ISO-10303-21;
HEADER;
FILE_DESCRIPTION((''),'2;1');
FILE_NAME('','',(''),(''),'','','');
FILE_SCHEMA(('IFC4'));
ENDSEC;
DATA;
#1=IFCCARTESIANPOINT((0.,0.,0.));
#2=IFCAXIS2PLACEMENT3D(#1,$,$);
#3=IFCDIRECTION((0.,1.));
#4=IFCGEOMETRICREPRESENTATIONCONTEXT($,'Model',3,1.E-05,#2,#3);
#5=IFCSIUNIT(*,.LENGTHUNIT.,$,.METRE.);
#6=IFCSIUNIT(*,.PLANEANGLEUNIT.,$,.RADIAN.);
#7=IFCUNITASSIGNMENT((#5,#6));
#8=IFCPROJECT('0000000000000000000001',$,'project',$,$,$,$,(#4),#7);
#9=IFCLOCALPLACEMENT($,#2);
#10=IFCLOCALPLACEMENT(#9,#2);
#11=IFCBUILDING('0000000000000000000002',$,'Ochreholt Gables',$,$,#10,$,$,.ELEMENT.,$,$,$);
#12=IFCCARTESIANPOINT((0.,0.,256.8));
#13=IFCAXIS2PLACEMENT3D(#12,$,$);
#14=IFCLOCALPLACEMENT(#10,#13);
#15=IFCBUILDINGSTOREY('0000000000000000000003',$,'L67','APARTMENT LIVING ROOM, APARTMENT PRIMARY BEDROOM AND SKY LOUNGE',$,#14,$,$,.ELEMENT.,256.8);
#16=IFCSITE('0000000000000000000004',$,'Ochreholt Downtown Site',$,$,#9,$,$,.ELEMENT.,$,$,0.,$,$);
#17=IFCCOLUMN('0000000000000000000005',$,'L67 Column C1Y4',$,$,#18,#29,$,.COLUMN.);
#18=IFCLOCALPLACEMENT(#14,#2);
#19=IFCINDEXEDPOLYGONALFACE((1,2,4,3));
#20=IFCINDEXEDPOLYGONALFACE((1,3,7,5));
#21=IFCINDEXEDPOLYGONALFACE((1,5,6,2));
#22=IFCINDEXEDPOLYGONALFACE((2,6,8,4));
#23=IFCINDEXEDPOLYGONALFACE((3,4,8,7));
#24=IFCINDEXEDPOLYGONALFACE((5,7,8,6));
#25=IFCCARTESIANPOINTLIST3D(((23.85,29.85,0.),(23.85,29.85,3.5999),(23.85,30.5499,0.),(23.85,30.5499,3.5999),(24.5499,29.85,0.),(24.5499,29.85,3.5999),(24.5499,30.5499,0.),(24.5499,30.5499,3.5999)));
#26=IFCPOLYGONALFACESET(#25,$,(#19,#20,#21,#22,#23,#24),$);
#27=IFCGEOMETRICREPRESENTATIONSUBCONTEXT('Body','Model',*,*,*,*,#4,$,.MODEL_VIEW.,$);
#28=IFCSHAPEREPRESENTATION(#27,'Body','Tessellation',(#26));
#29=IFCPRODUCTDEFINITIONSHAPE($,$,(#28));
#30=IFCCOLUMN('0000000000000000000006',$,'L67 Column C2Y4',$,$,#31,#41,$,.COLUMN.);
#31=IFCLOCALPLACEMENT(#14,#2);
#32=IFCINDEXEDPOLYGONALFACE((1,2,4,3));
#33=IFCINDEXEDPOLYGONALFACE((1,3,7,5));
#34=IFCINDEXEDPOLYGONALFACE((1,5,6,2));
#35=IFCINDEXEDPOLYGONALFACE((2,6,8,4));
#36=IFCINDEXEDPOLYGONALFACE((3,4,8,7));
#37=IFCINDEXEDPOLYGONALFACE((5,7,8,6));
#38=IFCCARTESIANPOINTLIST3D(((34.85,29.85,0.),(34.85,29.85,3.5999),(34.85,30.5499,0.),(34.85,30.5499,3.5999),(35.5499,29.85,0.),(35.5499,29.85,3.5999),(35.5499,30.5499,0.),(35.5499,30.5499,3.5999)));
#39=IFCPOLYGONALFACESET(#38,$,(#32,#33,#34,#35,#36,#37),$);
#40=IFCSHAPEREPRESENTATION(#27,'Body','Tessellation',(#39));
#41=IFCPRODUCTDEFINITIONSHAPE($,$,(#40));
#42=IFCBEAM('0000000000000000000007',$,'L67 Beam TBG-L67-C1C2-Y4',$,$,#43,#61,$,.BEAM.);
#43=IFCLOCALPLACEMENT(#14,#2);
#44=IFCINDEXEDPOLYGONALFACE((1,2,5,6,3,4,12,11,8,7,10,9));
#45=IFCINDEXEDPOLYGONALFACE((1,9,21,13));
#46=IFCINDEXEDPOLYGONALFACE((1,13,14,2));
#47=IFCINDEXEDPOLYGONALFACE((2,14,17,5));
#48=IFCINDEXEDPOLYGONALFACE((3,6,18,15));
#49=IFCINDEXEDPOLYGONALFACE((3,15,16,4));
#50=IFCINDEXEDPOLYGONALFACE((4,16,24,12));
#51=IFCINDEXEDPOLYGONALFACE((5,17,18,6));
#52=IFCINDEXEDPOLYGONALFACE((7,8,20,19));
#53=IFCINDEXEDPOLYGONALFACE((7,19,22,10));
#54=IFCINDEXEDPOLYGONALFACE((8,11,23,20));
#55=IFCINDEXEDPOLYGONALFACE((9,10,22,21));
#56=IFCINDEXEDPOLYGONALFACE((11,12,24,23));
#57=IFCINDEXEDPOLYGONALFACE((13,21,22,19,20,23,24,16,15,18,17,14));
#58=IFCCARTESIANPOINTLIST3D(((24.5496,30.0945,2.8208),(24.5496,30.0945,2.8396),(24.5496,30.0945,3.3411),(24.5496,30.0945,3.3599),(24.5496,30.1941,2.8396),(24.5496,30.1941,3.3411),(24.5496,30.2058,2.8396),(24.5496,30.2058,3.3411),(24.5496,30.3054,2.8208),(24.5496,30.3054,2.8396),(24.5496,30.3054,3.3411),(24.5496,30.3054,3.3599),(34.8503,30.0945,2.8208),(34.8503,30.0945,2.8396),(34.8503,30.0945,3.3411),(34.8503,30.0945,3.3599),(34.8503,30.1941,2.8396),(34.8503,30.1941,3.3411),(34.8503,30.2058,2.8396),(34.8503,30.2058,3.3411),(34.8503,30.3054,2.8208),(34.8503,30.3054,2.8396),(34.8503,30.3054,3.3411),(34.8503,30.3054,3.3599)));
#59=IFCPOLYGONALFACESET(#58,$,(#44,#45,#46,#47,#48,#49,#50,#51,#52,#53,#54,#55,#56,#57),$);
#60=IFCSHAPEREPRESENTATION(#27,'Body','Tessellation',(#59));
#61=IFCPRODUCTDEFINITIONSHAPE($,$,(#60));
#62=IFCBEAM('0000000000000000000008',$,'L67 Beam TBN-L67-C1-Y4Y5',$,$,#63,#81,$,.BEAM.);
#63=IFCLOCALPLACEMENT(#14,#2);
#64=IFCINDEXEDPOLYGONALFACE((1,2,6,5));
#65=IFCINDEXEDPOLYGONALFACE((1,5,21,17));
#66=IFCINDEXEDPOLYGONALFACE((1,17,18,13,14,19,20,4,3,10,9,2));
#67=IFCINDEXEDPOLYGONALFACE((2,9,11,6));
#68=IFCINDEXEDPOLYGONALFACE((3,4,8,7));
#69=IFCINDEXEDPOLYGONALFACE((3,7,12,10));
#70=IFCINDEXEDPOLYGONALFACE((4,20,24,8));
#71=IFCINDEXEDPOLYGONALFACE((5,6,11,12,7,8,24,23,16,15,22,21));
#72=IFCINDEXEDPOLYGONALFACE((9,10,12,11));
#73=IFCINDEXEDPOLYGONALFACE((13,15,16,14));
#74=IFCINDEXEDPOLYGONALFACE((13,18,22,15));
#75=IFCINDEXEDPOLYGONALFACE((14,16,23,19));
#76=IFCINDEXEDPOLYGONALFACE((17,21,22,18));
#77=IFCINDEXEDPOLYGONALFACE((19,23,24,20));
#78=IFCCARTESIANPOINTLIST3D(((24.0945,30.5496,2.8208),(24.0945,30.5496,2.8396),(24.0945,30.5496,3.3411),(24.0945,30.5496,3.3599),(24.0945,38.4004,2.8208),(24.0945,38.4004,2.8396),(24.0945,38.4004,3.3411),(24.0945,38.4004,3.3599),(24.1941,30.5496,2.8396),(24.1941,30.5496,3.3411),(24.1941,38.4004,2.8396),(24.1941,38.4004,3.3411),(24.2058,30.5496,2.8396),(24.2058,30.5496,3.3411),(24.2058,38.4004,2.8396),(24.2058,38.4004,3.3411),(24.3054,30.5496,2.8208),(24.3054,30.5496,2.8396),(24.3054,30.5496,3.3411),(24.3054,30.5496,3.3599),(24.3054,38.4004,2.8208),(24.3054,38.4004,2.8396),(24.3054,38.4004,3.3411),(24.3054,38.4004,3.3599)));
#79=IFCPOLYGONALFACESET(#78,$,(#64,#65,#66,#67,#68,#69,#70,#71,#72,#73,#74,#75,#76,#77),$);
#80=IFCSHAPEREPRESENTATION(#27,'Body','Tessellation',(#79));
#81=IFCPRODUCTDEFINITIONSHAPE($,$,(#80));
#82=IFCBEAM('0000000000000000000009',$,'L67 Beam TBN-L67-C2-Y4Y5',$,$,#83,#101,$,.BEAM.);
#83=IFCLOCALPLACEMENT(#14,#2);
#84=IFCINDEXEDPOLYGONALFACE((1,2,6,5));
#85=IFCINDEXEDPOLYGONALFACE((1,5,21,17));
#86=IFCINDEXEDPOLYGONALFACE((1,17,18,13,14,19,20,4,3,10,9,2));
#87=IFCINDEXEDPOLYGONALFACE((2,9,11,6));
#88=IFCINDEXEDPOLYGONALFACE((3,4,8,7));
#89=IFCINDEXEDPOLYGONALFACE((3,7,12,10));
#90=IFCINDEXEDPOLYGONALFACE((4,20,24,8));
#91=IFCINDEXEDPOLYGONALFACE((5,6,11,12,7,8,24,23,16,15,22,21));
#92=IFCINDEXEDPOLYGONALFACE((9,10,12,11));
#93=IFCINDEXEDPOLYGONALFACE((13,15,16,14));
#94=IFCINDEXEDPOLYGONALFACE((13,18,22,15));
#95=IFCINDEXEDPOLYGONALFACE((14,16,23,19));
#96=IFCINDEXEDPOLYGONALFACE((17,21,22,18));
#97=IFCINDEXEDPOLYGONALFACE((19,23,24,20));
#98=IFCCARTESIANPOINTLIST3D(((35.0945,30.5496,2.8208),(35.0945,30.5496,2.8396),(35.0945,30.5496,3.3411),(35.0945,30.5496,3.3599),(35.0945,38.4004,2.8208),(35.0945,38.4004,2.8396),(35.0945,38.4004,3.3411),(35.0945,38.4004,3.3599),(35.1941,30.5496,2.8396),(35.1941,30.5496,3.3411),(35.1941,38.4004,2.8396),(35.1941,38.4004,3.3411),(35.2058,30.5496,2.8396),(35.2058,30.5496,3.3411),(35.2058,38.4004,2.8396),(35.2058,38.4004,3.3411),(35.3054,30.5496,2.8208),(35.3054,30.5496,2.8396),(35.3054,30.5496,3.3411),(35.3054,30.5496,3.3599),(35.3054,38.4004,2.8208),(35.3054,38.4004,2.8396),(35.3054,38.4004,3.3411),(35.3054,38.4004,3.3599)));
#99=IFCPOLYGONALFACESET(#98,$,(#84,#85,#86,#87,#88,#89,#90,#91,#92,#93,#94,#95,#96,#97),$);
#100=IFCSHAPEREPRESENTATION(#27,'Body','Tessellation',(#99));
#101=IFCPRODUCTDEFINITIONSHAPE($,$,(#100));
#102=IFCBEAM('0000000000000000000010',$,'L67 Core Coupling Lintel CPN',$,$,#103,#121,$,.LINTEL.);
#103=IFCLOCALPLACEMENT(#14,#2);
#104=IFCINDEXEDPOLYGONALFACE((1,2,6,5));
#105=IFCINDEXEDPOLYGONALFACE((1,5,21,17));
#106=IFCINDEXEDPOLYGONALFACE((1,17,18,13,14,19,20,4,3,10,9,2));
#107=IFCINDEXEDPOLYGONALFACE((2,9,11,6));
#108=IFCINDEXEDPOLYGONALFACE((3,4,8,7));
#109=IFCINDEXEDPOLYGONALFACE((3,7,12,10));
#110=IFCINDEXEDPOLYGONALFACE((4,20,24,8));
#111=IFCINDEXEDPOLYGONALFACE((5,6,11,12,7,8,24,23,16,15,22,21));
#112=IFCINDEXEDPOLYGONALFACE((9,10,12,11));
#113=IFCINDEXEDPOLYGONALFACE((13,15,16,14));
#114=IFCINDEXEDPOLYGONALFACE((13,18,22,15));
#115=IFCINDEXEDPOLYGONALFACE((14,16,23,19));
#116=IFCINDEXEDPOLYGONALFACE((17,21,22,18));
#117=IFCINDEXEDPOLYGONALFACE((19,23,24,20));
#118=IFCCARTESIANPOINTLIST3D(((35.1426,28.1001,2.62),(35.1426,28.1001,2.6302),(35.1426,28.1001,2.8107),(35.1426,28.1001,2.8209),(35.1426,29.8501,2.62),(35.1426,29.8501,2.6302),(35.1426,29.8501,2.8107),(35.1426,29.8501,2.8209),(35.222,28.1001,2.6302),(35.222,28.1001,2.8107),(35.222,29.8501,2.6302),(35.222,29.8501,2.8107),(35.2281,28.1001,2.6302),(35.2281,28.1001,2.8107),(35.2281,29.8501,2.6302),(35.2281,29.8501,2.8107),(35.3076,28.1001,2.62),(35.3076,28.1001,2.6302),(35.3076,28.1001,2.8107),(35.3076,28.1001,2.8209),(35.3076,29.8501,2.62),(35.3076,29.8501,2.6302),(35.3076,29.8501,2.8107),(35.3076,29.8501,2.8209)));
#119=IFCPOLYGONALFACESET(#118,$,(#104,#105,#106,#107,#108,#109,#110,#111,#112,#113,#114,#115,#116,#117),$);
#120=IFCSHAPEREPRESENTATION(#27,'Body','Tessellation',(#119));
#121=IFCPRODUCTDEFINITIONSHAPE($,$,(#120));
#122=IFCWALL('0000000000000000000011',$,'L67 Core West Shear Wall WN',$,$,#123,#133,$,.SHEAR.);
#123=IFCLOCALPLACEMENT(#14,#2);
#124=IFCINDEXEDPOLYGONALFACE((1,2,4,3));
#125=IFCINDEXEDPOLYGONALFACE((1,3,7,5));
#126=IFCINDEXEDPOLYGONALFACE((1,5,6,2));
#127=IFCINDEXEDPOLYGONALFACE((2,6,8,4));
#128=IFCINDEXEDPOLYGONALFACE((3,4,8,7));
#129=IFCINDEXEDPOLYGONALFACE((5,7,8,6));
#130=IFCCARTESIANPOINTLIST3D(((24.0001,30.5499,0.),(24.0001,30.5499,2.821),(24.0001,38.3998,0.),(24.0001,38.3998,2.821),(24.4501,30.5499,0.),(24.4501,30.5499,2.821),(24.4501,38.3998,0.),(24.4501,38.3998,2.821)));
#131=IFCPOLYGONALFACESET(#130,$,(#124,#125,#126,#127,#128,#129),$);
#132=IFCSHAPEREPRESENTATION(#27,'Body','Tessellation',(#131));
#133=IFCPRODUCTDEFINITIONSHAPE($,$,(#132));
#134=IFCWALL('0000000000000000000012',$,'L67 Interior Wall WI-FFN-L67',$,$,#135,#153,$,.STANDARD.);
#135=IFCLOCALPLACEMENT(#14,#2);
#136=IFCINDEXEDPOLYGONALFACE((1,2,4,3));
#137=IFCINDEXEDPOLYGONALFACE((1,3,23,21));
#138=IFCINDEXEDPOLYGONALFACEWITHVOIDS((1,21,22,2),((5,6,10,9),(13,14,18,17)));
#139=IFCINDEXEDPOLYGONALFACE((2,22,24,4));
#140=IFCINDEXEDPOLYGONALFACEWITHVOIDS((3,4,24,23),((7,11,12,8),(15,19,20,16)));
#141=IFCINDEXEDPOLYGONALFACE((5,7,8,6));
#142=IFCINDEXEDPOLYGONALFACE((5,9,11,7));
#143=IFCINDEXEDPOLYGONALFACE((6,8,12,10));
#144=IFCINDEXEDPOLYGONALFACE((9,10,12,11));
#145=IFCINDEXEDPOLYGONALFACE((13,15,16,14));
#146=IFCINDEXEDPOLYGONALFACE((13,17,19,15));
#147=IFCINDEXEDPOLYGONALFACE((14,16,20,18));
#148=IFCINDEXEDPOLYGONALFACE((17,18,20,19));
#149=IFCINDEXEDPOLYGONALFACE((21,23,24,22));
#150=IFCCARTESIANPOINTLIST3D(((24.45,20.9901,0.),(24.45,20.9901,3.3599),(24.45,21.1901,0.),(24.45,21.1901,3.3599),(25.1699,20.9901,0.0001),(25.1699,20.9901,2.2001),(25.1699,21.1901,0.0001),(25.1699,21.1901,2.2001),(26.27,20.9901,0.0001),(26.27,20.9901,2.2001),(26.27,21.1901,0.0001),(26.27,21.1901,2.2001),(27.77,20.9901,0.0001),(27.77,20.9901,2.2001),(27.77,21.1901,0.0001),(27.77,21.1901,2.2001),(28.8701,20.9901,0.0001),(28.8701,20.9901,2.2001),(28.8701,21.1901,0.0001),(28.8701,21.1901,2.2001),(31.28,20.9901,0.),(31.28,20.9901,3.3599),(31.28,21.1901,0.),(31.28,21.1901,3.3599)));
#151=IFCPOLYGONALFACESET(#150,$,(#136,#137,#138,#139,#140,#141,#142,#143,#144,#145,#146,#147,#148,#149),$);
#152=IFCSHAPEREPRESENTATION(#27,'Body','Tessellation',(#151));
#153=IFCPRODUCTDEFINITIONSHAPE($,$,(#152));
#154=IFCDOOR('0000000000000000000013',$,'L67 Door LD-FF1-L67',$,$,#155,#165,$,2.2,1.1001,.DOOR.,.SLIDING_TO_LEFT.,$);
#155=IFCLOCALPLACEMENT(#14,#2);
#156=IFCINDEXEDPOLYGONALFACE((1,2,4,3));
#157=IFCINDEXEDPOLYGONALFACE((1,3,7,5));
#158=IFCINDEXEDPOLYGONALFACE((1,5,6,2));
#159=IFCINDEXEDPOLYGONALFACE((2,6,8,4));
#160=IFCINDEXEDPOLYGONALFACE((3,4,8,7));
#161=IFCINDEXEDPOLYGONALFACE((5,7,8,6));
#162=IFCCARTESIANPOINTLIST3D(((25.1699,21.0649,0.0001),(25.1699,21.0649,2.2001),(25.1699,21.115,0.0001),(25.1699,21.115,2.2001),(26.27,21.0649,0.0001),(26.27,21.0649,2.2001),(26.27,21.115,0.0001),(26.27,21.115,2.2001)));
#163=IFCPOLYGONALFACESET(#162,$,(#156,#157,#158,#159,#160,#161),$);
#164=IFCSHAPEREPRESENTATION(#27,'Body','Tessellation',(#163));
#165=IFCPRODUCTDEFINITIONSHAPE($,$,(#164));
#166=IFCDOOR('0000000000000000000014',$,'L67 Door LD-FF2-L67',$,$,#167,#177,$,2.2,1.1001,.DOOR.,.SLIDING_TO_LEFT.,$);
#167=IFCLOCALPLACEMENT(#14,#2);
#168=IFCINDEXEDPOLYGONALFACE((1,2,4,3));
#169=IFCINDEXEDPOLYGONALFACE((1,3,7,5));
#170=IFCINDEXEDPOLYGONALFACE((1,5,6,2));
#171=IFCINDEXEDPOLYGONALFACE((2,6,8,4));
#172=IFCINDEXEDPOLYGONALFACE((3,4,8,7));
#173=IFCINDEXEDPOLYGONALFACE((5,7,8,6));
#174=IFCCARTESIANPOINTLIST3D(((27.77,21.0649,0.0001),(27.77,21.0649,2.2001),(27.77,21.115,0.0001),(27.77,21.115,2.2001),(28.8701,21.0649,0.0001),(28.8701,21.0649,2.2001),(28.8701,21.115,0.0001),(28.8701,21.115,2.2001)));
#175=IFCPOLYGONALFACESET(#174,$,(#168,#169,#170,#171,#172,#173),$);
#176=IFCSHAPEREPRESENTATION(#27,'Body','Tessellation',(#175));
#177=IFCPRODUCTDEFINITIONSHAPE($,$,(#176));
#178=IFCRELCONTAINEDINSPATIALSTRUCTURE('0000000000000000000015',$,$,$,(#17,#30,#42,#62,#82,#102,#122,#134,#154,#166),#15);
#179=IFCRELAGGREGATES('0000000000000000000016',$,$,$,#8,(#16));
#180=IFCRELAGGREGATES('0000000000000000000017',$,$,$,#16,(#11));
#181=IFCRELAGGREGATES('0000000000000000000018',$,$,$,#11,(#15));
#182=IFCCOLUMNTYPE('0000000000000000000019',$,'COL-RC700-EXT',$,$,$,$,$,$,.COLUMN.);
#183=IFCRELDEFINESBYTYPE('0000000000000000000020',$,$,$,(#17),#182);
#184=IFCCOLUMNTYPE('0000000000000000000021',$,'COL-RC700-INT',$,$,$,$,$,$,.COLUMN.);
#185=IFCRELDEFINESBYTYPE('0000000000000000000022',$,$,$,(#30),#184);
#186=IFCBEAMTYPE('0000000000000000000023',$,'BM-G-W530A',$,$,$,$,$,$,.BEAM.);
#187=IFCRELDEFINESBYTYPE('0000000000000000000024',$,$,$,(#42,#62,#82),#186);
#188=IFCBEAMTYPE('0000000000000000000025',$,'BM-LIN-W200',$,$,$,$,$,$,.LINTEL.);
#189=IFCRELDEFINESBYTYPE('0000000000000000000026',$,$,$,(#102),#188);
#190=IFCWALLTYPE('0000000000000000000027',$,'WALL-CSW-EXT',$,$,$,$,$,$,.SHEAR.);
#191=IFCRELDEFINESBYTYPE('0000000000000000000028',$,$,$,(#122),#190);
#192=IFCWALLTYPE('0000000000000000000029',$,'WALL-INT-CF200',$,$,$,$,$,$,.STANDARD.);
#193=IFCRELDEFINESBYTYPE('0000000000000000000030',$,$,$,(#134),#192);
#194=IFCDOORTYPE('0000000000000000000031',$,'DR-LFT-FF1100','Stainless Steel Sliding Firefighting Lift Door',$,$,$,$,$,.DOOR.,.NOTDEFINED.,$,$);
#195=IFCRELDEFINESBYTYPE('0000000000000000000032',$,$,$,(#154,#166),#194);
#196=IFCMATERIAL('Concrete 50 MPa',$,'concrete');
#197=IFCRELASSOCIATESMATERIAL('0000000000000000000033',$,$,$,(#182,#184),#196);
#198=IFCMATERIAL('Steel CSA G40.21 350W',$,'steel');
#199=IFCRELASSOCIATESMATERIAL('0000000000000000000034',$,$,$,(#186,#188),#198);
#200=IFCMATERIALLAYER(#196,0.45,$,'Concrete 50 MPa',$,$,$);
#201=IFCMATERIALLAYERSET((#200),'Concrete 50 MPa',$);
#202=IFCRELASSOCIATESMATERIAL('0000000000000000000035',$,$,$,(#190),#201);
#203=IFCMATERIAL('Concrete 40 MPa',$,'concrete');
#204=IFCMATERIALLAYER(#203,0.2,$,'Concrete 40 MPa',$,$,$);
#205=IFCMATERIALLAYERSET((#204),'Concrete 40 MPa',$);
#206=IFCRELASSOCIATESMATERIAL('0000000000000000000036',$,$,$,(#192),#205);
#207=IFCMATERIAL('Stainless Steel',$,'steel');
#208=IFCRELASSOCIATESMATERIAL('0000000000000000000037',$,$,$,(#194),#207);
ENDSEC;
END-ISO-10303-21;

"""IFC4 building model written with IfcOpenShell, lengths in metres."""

from ifc_helpers import new_model, si_unit, direction, frame, frame_2d, origin, origin_2d, place, context, subcontext, project, spatial, rectangle, i_section, extrude, material, layer, layer_set, material_profile, profile_set, type_object, element, fill, save


model = new_model("IFC4")

# Units and contexts
model_context = context("Model", 3, precision=1e-05, world=origin(), true_north=direction((0.0, 1.0)))
body_context = subcontext(model_context, "Body", "Model", "MODEL_VIEW")
ifc_project = project(units=[si_unit("LENGTHUNIT", "METRE"), si_unit("PLANEANGLEUNIT", "RADIAN")], contexts=[model_context])

# Site, building, storey
site_placement = place(None, origin())
site = spatial("IfcSite", under=ifc_project, at=site_placement, Name="Ochreholt Downtown Site", CompositionType="ELEMENT", RefElevation=0.0)
building_placement = place(site_placement, origin())
building = spatial("IfcBuilding", under=site, at=building_placement, Name="Ochreholt Gables", CompositionType="ELEMENT")
storey_placement = place(building_placement, frame((0.0, 0.0, 256.8)))
storey = spatial("IfcBuildingStorey", under=building, at=storey_placement, Name="L67", Description="APARTMENT LIVING ROOM, APARTMENT PRIMARY BEDROOM AND SKY LOUNGE", CompositionType="ELEMENT", Elevation=256.8)

# Columns
ifc_material_1 = material(Name="Concrete 50 MPa", Category="concrete")
ifc_material_profile_1 = material_profile(ifc_material_1, rectangle(XDim=0.7, YDim=0.7, at=origin_2d()), Name="RC700X700")
ifc_profile_set_1 = profile_set([ifc_material_profile_1], Name="Concrete 50 MPa")
column_type_1 = type_object("IfcColumnType", Name="COL-RC700-EXT", PredefinedType="COLUMN", material=ifc_profile_set_1)
column_1_placement = place(storey_placement, frame((24.2, 30.2, 0.0), z_axis=(0.0, 0.0, 1.0), x_axis=(1.0, 0.0, 0.0)))
element("IfcColumn", 1, at=column_1_placement, inside=storey, type_object=column_type_1, Name="L67 Column C1Y4", PredefinedType="COLUMN", context=body_context, shape_type="SweptSolid", body=[
    extrude(rectangle(XDim=0.7, YDim=0.7, at=origin_2d()), origin(), (0.0, 0.0, 1.0), 3.5999),
])
ifc_material_profile_2 = material_profile(ifc_material_1, rectangle(XDim=0.7, YDim=0.7, at=origin_2d()), Name="RC700X700")
ifc_profile_set_2 = profile_set([ifc_material_profile_2], Name="Concrete 50 MPa")
column_type_2 = type_object("IfcColumnType", Name="COL-RC700-INT", PredefinedType="COLUMN", material=ifc_profile_set_2)
column_2_placement = place(storey_placement, frame((35.2, 30.2, 0.0), z_axis=(0.0, 0.0, 1.0), x_axis=(1.0, 0.0, 0.0)))
element("IfcColumn", 2, at=column_2_placement, inside=storey, type_object=column_type_2, Name="L67 Column C2Y4", PredefinedType="COLUMN", context=body_context, shape_type="SweptSolid", body=[
    extrude(rectangle(XDim=0.7, YDim=0.7, at=origin_2d()), origin(), (0.0, 0.0, 1.0), 3.5999),
])

# Beams
ifc_material_2 = material(Name="Steel CSA G40.21 350W", Category="steel")
ifc_material_profile_3 = material_profile(ifc_material_2, i_section(OverallWidth=0.2109, OverallDepth=0.5391, WebThickness=0.0117, FlangeThickness=0.0188, at=origin_2d()), Name="W530X109")
ifc_profile_set_3 = profile_set([ifc_material_profile_3], Name="Steel CSA G40.21 350W")
beam_type_1 = type_object("IfcBeamType", Name="BM-G-W530A", PredefinedType="BEAM", material=ifc_profile_set_3)
beam_1_placement = place(storey_placement, frame((24.5496, 30.2, 3.0903), z_axis=(1.0, 0.0, 0.0), x_axis=(0.0, 1.0, 0.0)))
element("IfcBeam", 3, at=beam_1_placement, inside=storey, type_object=beam_type_1, Name="L67 Beam TBG-L67-C1C2-Y4", PredefinedType="BEAM", context=body_context, shape_type="SweptSolid", body=[
    extrude(i_section(OverallWidth=0.2109, OverallDepth=0.5391, WebThickness=0.0117, FlangeThickness=0.0188, at=origin_2d()), origin(), (0.0, 0.0, 1.0), 10.3008),
])
for number, where, z_axis, x_axis, name in (
    (4, (24.2, 30.5496, 3.0903), (0.0, 1.0, 0.0), (-1.0, 0.0, 0.0), "L67 Beam TBN-L67-C1-Y4Y5"),
    (5, (35.2, 30.5496, 3.0903), (0.0, 1.0, 0.0), (-1.0, 0.0, 0.0), "L67 Beam TBN-L67-C2-Y4Y5"),
):
    element("IfcBeam", number, at=place(storey_placement, frame(where, z_axis=z_axis, x_axis=x_axis)), inside=storey, type_object=beam_type_1, Name=name, PredefinedType="BEAM", context=body_context, shape_type="SweptSolid", body=[
        extrude(i_section(OverallWidth=0.2109, OverallDepth=0.5391, WebThickness=0.0117, FlangeThickness=0.0188, at=origin_2d()), origin(), (0.0, 0.0, 1.0), 7.8508),
    ])
ifc_material_profile_4 = material_profile(ifc_material_2, i_section(OverallWidth=0.165, OverallDepth=0.2009, WebThickness=0.0061, FlangeThickness=0.0103, at=origin_2d()), Name="W200X36")
ifc_profile_set_4 = profile_set([ifc_material_profile_4], Name="Steel CSA G40.21 350W")
beam_type_2 = type_object("IfcBeamType", Name="BM-LIN-W200", PredefinedType="LINTEL", material=ifc_profile_set_4)
beam_2_placement = place(storey_placement, frame((35.2251, 28.1001, 2.7205), z_axis=(0.0, 1.0, 0.0), x_axis=(-1.0, 0.0, 0.0)))
element("IfcBeam", 6, at=beam_2_placement, inside=storey, type_object=beam_type_2, Name="L67 Core Coupling Lintel CPN", PredefinedType="LINTEL", context=body_context, shape_type="SweptSolid", body=[
    extrude(i_section(OverallWidth=0.165, OverallDepth=0.2009, WebThickness=0.0061, FlangeThickness=0.0103, at=origin_2d()), origin(), (0.0, 0.0, 1.0), 1.75),
])

# Wall
ifc_layer_1 = layer(ifc_material_1, 0.45, Name="Concrete 50 MPa")
ifc_layer_set_1 = layer_set([ifc_layer_1], Name="Concrete 50 MPa")
wall_type_1 = type_object("IfcWallType", Name="WALL-CSW-EXT", PredefinedType="SHEAR", material=ifc_layer_set_1)
wall_1_placement = place(storey_placement, frame((24.2251, 30.55, 0.0), z_axis=(0.0, 0.0, 1.0), x_axis=(0.0, 1.0, 0.0)))
element("IfcWall", 7, at=wall_1_placement, inside=storey, type_object=wall_type_1, Name="L67 Core West Shear Wall WN", PredefinedType="SHEAR", context=body_context, shape_type="SweptSolid", body=[
    extrude(rectangle(XDim=7.8499, YDim=0.45, at=frame_2d((3.9248, 0.0))), origin(), (0.0, 0.0, 1.0), 2.821),
])

# Wall, openings, doors
ifc_material_3 = material(Name="Concrete 40 MPa", Category="concrete")
ifc_layer_2 = layer(ifc_material_3, 0.2, Name="Concrete 40 MPa")
ifc_layer_set_2 = layer_set([ifc_layer_2], Name="Concrete 40 MPa")
wall_type_2 = type_object("IfcWallType", Name="WALL-INT-CF200", PredefinedType="STANDARD", material=ifc_layer_set_2)
wall_2_placement = place(storey_placement, frame((24.45, 21.0901, 0.0), z_axis=(0.0, 0.0, 1.0), x_axis=(1.0, 0.0, 0.0)))
wall_2 = element("IfcWall", 8, at=wall_2_placement, inside=storey, type_object=wall_type_2, Name="L67 Interior Wall WI-FFN-L67", PredefinedType="STANDARD", context=body_context, shape_type="SweptSolid", body=[
    extrude(rectangle(XDim=6.8301, YDim=0.2, at=frame_2d((3.415, 0.0))), origin(), (0.0, 0.0, 1.0), 3.3599),
])
opening_1_placement = place(wall_2_placement, frame((0.72, 0.0, 0.0)))
opening_1 = element("IfcOpeningElement", 9, at=opening_1_placement, cuts=wall_2, PredefinedType="OPENING", context=body_context, shape_type="SweptSolid", body=[
    extrude(rectangle(XDim=1.1001, YDim=2.2, at=frame_2d((0.55, 1.1001))), frame((0.0, 0.1099, 0.0), z_axis=(0.0, -1.0, 0.0), x_axis=(1.0, 0.0, 0.0)), (0.0, 0.0, 1.0), 0.22),
])
opening_2_placement = place(wall_2_placement, frame((3.3201, 0.0, 0.0)))
opening_2 = element("IfcOpeningElement", 10, at=opening_2_placement, cuts=wall_2, PredefinedType="OPENING", context=body_context, shape_type="SweptSolid", body=[
    extrude(rectangle(XDim=1.1001, YDim=2.2, at=frame_2d((0.55, 1.1001))), frame((0.0, 0.1099, 0.0), z_axis=(0.0, -1.0, 0.0), x_axis=(1.0, 0.0, 0.0)), (0.0, 0.0, 1.0), 0.22),
])
ifc_material_4 = material(Name="Stainless Steel", Category="steel")
door_type_1 = type_object("IfcDoorType", Name="DR-LFT-FF1100", Description="Stainless Steel Sliding Firefighting Lift Door", OperationType="NOTDEFINED", PredefinedType="DOOR", material=ifc_material_4)
door_1_placement = place(opening_1_placement, origin())
door_1 = element("IfcDoor", 11, at=door_1_placement, inside=storey, type_object=door_type_1, Name="L67 Door LD-FF1-L67", OperationType="SLIDING_TO_LEFT", OverallHeight=2.2, OverallWidth=1.1001, PredefinedType="DOOR", context=body_context, shape_type="SweptSolid", body=[
    extrude(rectangle(XDim=1.1001, YDim=2.2, at=frame_2d((0.55, 1.1001))), frame((0.0, 0.0249, 0.0), z_axis=(0.0, -1.0, 0.0), x_axis=(1.0, 0.0, 0.0)), (0.0, 0.0, 1.0), 0.05),
])
fill(opening_1, door_1)
door_2_placement = place(opening_2_placement, origin())
door_2 = element("IfcDoor", 12, at=door_2_placement, inside=storey, type_object=door_type_1, Name="L67 Door LD-FF2-L67", OperationType="SLIDING_TO_LEFT", OverallHeight=2.2, OverallWidth=1.1001, PredefinedType="DOOR", context=body_context, shape_type="SweptSolid", body=[
    extrude(rectangle(XDim=1.1001, YDim=2.2, at=frame_2d((0.55, 1.1001))), frame((0.0, 0.0249, 0.0), z_axis=(0.0, -1.0, 0.0), x_axis=(1.0, 0.0, 0.0)), (0.0, 0.0, 1.0), 0.05),
])
fill(opening_2, door_2)

save(model, "model.ifc")
